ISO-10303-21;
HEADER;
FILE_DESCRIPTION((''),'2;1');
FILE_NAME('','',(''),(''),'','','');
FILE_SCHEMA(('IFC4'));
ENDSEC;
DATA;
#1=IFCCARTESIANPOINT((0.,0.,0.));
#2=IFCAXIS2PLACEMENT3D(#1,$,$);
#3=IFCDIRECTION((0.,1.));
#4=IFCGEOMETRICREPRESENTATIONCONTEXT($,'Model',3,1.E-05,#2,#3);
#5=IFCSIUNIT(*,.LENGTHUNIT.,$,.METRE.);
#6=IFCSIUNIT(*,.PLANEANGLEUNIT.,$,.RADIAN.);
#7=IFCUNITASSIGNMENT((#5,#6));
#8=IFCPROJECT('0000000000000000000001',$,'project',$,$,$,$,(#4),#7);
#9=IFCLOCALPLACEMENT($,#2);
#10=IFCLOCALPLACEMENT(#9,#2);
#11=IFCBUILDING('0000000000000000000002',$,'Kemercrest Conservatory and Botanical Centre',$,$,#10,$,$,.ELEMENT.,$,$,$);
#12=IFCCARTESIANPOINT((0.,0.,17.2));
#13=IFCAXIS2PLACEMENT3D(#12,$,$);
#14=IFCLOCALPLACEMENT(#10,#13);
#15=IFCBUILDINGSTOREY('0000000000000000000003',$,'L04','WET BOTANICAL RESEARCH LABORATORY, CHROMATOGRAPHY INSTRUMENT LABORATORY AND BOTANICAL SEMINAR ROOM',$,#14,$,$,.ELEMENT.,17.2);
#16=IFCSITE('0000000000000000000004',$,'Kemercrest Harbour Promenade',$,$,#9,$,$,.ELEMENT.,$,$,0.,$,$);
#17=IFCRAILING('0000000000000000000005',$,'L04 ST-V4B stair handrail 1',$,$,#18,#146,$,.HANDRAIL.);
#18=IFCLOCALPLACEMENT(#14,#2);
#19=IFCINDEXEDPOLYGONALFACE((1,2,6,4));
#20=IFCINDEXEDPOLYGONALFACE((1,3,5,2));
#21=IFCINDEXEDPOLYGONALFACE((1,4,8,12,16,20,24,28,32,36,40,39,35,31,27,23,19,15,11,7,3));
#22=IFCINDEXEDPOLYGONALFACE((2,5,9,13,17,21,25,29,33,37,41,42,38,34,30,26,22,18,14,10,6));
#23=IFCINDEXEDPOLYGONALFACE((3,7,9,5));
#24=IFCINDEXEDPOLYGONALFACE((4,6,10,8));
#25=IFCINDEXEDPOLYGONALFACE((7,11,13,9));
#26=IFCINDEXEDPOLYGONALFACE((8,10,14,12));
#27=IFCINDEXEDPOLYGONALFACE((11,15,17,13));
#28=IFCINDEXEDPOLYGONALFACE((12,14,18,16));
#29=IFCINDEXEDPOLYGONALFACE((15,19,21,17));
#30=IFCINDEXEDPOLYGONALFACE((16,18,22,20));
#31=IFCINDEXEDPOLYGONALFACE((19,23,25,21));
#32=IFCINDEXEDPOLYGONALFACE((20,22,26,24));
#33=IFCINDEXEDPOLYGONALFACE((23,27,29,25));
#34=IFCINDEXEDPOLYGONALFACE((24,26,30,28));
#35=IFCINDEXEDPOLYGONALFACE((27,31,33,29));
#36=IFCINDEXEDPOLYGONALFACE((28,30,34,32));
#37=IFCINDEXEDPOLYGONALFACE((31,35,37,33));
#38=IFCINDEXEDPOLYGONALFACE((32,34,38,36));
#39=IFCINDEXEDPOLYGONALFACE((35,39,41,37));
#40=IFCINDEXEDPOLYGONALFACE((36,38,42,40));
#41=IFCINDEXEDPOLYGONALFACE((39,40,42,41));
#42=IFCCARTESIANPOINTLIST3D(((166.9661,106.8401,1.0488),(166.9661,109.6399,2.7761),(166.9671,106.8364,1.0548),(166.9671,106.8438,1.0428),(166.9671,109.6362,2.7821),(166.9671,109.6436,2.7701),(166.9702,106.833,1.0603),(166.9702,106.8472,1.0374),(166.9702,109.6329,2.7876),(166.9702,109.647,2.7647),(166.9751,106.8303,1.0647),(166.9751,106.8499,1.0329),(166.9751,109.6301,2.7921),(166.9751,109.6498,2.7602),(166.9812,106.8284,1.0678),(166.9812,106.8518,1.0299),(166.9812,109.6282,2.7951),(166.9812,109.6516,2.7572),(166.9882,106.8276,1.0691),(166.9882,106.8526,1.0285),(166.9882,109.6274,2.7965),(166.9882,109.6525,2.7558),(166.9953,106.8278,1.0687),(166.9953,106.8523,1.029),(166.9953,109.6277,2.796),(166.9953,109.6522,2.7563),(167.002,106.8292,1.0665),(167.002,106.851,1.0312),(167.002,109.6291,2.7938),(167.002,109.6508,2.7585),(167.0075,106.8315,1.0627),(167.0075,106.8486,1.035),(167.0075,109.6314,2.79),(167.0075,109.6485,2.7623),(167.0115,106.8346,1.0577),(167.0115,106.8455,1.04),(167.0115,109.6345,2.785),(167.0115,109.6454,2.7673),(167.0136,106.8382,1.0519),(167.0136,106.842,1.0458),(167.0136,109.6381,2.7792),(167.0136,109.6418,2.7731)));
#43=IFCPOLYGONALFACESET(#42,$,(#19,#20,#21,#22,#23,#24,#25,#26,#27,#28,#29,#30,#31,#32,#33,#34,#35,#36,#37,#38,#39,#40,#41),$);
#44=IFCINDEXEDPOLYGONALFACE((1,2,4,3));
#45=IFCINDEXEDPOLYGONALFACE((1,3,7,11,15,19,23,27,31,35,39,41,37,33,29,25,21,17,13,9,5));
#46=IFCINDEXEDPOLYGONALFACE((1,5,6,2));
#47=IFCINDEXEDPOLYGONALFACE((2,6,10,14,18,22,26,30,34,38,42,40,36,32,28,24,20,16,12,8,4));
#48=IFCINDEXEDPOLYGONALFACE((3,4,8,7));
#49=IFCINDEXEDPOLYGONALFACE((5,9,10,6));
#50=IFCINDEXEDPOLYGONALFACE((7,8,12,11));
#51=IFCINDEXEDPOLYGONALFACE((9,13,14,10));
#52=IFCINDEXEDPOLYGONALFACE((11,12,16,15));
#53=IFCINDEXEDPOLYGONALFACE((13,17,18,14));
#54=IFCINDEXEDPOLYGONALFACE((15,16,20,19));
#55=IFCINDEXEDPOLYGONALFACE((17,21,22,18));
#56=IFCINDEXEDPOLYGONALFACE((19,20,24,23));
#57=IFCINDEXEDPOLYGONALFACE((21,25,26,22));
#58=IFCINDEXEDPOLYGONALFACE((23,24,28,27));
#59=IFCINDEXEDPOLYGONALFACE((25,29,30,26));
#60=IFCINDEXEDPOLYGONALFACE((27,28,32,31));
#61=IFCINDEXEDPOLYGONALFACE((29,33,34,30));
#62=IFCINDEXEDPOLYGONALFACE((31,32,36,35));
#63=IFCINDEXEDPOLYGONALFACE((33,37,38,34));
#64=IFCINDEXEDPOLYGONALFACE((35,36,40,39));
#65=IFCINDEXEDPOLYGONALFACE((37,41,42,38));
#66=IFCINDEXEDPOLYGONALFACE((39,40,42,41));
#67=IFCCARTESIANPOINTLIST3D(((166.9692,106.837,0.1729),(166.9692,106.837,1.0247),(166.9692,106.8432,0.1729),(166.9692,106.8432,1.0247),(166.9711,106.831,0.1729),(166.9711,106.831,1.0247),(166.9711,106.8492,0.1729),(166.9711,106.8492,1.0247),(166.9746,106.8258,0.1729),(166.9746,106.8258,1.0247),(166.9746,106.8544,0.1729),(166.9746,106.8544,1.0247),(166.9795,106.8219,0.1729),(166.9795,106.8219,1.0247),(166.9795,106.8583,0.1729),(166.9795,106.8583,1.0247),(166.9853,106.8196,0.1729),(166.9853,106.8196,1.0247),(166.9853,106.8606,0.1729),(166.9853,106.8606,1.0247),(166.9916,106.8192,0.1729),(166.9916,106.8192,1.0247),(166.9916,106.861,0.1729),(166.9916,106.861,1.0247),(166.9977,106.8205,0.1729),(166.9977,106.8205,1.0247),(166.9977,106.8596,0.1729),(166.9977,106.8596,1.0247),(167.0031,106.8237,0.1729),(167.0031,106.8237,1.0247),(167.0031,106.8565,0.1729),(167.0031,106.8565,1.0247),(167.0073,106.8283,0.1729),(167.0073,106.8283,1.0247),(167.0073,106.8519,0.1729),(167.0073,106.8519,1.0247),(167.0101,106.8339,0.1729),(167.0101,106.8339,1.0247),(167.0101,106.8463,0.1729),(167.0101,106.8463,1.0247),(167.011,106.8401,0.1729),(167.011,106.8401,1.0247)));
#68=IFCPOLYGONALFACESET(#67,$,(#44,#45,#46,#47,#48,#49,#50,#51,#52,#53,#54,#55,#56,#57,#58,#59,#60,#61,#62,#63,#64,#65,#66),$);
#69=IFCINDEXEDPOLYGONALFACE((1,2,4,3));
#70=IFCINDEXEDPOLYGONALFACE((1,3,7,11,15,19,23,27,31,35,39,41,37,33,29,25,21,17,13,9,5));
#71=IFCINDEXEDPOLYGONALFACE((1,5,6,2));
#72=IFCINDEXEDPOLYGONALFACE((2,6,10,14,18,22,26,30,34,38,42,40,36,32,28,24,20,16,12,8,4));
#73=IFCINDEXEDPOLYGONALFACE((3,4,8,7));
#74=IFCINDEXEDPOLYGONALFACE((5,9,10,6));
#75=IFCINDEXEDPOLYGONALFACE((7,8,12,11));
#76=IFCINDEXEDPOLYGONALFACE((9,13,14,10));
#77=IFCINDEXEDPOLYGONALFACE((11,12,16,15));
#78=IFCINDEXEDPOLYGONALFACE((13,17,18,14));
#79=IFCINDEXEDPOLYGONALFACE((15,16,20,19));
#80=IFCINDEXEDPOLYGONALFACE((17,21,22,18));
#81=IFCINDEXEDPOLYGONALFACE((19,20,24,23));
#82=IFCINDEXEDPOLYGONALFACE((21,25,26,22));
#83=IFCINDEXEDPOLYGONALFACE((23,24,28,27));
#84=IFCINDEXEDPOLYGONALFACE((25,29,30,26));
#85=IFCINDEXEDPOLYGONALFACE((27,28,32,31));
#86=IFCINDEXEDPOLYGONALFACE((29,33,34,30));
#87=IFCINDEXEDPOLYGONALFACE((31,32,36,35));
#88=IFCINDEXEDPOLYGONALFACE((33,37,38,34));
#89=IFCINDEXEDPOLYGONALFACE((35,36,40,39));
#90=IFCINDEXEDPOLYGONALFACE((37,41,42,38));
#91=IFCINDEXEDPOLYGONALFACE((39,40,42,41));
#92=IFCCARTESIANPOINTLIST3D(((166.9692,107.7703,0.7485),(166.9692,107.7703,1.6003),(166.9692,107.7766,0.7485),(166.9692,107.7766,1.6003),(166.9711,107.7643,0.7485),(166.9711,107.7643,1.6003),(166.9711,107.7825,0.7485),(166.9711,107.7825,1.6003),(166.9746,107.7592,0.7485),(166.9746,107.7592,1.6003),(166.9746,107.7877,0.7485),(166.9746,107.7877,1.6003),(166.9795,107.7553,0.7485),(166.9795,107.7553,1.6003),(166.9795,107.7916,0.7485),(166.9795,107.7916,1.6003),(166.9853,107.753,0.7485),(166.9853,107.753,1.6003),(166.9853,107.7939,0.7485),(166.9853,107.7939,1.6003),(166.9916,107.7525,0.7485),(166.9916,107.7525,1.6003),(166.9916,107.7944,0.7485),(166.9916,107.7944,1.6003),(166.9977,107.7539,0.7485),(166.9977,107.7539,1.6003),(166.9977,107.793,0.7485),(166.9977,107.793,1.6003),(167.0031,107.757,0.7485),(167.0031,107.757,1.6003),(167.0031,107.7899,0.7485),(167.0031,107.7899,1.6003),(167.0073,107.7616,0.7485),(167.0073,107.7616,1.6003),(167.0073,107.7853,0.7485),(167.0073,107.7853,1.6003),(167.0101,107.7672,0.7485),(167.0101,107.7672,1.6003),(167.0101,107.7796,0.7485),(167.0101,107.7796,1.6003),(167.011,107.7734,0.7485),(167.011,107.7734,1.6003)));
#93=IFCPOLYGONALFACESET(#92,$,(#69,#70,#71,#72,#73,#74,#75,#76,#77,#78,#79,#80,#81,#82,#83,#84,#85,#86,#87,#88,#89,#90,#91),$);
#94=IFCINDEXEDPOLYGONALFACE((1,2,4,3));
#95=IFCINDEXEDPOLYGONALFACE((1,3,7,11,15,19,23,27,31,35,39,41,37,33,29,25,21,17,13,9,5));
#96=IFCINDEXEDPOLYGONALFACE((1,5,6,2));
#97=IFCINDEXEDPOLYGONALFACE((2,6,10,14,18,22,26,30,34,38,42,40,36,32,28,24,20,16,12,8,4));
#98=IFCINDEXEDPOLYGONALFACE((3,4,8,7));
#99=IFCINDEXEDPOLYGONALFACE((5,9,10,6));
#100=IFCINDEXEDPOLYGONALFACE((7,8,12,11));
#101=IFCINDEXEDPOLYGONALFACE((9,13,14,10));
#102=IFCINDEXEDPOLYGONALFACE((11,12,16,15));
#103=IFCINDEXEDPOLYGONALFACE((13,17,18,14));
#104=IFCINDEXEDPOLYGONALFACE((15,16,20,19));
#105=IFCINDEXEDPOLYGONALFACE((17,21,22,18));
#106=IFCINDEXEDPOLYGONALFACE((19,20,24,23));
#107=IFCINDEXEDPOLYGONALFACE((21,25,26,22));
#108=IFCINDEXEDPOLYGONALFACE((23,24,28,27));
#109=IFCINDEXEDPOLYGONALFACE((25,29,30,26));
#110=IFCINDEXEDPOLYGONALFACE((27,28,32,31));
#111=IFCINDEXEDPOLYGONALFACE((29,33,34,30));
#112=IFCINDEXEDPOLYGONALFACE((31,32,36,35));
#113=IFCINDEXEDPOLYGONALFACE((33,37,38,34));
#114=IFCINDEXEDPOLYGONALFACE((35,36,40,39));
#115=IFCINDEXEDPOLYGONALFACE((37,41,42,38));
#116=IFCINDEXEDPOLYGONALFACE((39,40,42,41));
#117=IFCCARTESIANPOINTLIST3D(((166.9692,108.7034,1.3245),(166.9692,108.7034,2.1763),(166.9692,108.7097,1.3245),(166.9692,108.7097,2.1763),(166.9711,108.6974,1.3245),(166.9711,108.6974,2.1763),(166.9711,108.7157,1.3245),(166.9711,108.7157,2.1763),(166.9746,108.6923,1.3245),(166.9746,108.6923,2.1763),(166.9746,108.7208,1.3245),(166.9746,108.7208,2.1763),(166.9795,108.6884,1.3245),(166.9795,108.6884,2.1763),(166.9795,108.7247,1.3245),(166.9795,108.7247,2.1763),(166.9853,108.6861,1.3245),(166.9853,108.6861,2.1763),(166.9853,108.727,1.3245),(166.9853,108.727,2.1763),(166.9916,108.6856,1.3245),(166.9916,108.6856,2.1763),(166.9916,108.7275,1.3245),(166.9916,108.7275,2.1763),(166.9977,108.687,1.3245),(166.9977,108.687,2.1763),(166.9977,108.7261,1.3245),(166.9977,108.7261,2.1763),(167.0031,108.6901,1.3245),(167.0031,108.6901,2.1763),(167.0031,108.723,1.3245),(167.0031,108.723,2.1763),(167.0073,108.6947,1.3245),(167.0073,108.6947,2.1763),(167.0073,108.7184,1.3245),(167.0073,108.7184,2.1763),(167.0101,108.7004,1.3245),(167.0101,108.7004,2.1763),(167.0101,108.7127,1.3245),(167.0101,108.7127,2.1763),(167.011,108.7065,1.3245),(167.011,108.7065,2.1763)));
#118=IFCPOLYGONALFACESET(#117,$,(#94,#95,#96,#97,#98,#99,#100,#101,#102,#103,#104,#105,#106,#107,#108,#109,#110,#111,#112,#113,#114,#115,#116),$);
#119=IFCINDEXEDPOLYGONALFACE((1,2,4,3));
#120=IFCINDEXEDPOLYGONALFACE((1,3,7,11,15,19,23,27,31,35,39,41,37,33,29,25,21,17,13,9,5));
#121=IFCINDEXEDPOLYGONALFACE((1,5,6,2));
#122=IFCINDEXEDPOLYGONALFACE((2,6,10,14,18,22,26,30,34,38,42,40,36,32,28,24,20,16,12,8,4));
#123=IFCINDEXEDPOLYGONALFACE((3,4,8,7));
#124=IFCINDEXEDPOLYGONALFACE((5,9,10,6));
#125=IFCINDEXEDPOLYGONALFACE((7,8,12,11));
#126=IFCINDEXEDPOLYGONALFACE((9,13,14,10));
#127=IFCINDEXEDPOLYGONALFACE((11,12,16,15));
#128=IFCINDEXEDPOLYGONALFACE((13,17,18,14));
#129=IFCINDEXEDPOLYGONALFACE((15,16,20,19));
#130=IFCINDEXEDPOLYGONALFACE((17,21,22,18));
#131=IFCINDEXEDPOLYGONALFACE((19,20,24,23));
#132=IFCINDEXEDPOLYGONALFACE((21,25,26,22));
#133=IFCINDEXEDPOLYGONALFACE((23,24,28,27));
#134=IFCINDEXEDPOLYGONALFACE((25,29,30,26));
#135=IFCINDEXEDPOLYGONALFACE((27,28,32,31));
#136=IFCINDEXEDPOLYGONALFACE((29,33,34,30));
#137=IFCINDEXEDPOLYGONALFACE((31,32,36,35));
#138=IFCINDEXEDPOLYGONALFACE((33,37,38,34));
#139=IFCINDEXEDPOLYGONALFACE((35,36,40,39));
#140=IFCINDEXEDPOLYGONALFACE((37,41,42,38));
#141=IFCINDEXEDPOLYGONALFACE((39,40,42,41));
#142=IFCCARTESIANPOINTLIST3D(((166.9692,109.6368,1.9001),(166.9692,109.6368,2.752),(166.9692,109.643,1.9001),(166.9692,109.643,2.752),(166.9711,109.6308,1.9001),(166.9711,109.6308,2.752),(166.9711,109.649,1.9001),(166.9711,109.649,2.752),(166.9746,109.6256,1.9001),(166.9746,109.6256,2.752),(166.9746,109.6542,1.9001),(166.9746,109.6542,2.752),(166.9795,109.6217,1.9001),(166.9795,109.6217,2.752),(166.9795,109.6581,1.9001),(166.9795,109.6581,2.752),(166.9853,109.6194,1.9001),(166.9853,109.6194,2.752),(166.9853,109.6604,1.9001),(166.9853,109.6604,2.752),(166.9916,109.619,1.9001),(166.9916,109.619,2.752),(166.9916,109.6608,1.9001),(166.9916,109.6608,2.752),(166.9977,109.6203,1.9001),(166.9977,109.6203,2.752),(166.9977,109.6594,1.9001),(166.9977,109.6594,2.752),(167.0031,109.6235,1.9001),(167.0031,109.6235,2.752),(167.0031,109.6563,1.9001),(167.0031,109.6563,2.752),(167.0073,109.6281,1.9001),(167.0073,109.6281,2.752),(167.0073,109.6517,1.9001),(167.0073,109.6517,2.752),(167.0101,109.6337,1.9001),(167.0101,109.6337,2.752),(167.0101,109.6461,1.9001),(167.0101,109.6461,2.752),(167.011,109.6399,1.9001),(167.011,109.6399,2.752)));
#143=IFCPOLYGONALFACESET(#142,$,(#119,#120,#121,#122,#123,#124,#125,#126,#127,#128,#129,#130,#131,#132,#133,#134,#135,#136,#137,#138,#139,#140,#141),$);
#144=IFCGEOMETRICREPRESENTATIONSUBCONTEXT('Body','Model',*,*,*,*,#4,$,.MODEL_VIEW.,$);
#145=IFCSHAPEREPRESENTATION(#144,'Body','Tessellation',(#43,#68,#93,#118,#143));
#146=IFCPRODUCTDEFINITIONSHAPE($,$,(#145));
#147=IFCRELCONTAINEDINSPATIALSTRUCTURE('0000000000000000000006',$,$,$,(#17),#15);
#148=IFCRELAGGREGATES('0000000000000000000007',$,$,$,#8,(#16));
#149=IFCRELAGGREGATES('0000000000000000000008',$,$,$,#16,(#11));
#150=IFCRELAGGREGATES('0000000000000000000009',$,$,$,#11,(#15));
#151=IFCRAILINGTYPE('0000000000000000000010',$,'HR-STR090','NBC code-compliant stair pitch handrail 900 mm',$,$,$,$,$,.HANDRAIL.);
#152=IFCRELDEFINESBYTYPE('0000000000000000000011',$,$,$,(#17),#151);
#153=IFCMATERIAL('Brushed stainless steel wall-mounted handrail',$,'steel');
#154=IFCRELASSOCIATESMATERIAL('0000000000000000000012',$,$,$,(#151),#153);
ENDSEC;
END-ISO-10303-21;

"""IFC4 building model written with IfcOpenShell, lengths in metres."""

from ifc_helpers import new_model, si_unit, direction, frame, origin, origin_2d, place, context, subcontext, project, spatial, circle, extrude, material, type_object, element, save


model = new_model("IFC4")

# Units and contexts
model_context = context("Model", 3, precision=1e-05, world=origin(), true_north=direction((0.0, 1.0)))
body_context = subcontext(model_context, "Body", "Model", "MODEL_VIEW")
ifc_project = project(units=[si_unit("LENGTHUNIT", "METRE"), si_unit("PLANEANGLEUNIT", "RADIAN")], contexts=[model_context])

# Site, building, storey
site_placement = place(None, origin())
site = spatial("IfcSite", under=ifc_project, at=site_placement, Name="Kemercrest Harbour Promenade", CompositionType="ELEMENT", RefElevation=0.0)
building_placement = place(site_placement, origin())
building = spatial("IfcBuilding", under=site, at=building_placement, Name="Kemercrest Conservatory and Botanical Centre", CompositionType="ELEMENT")
storey_placement = place(building_placement, frame((0.0, 0.0, 17.2)))
storey = spatial("IfcBuildingStorey", under=building, at=storey_placement, Name="L04", Description="WET BOTANICAL RESEARCH LABORATORY, CHROMATOGRAPHY INSTRUMENT LABORATORY AND BOTANICAL SEMINAR ROOM", CompositionType="ELEMENT", Elevation=17.2)

# Railing
ifc_material_1 = material(Name="Brushed stainless steel wall-mounted handrail", Category="steel")
railing_type_1 = type_object("IfcRailingType", Name="HR-STR090", Description="NBC code-compliant stair pitch handrail 900 mm", PredefinedType="HANDRAIL", material=ifc_material_1)
railing_1_placement = place(storey_placement, frame((166.99, 106.8401, 0.1729)))
element("IfcRailing", 1, at=railing_1_placement, inside=storey, type_object=railing_type_1, Name="L04 ST-V4B stair handrail 1", PredefinedType="HANDRAIL", context=body_context, shape_type="SweptSolid", body=[
    extrude(circle(Radius=0.0239, at=origin_2d()), frame((0.0, 0.0, 0.876), z_axis=(0.0, 0.851069, 0.525054), x_axis=(-1.0, 0.0, 0.0)), (0.0, 0.0, 1.0), 3.2898),
    extrude(circle(Radius=0.021, at=origin_2d()), origin(), (0.0, 0.0, 1.0), 0.8518),
    extrude(circle(Radius=0.021, at=origin_2d()), frame((0.0, 0.9333, 0.5757)), (0.0, 0.0, 1.0), 0.8518),
    extrude(circle(Radius=0.021, at=origin_2d()), frame((0.0, 1.8665, 1.1516)), (0.0, 0.0, 1.0), 0.8518),
    extrude(circle(Radius=0.021, at=origin_2d()), frame((0.0, 2.7998, 1.7273)), (0.0, 0.0, 1.0), 0.8518),
])

save(model, "model.ifc")
